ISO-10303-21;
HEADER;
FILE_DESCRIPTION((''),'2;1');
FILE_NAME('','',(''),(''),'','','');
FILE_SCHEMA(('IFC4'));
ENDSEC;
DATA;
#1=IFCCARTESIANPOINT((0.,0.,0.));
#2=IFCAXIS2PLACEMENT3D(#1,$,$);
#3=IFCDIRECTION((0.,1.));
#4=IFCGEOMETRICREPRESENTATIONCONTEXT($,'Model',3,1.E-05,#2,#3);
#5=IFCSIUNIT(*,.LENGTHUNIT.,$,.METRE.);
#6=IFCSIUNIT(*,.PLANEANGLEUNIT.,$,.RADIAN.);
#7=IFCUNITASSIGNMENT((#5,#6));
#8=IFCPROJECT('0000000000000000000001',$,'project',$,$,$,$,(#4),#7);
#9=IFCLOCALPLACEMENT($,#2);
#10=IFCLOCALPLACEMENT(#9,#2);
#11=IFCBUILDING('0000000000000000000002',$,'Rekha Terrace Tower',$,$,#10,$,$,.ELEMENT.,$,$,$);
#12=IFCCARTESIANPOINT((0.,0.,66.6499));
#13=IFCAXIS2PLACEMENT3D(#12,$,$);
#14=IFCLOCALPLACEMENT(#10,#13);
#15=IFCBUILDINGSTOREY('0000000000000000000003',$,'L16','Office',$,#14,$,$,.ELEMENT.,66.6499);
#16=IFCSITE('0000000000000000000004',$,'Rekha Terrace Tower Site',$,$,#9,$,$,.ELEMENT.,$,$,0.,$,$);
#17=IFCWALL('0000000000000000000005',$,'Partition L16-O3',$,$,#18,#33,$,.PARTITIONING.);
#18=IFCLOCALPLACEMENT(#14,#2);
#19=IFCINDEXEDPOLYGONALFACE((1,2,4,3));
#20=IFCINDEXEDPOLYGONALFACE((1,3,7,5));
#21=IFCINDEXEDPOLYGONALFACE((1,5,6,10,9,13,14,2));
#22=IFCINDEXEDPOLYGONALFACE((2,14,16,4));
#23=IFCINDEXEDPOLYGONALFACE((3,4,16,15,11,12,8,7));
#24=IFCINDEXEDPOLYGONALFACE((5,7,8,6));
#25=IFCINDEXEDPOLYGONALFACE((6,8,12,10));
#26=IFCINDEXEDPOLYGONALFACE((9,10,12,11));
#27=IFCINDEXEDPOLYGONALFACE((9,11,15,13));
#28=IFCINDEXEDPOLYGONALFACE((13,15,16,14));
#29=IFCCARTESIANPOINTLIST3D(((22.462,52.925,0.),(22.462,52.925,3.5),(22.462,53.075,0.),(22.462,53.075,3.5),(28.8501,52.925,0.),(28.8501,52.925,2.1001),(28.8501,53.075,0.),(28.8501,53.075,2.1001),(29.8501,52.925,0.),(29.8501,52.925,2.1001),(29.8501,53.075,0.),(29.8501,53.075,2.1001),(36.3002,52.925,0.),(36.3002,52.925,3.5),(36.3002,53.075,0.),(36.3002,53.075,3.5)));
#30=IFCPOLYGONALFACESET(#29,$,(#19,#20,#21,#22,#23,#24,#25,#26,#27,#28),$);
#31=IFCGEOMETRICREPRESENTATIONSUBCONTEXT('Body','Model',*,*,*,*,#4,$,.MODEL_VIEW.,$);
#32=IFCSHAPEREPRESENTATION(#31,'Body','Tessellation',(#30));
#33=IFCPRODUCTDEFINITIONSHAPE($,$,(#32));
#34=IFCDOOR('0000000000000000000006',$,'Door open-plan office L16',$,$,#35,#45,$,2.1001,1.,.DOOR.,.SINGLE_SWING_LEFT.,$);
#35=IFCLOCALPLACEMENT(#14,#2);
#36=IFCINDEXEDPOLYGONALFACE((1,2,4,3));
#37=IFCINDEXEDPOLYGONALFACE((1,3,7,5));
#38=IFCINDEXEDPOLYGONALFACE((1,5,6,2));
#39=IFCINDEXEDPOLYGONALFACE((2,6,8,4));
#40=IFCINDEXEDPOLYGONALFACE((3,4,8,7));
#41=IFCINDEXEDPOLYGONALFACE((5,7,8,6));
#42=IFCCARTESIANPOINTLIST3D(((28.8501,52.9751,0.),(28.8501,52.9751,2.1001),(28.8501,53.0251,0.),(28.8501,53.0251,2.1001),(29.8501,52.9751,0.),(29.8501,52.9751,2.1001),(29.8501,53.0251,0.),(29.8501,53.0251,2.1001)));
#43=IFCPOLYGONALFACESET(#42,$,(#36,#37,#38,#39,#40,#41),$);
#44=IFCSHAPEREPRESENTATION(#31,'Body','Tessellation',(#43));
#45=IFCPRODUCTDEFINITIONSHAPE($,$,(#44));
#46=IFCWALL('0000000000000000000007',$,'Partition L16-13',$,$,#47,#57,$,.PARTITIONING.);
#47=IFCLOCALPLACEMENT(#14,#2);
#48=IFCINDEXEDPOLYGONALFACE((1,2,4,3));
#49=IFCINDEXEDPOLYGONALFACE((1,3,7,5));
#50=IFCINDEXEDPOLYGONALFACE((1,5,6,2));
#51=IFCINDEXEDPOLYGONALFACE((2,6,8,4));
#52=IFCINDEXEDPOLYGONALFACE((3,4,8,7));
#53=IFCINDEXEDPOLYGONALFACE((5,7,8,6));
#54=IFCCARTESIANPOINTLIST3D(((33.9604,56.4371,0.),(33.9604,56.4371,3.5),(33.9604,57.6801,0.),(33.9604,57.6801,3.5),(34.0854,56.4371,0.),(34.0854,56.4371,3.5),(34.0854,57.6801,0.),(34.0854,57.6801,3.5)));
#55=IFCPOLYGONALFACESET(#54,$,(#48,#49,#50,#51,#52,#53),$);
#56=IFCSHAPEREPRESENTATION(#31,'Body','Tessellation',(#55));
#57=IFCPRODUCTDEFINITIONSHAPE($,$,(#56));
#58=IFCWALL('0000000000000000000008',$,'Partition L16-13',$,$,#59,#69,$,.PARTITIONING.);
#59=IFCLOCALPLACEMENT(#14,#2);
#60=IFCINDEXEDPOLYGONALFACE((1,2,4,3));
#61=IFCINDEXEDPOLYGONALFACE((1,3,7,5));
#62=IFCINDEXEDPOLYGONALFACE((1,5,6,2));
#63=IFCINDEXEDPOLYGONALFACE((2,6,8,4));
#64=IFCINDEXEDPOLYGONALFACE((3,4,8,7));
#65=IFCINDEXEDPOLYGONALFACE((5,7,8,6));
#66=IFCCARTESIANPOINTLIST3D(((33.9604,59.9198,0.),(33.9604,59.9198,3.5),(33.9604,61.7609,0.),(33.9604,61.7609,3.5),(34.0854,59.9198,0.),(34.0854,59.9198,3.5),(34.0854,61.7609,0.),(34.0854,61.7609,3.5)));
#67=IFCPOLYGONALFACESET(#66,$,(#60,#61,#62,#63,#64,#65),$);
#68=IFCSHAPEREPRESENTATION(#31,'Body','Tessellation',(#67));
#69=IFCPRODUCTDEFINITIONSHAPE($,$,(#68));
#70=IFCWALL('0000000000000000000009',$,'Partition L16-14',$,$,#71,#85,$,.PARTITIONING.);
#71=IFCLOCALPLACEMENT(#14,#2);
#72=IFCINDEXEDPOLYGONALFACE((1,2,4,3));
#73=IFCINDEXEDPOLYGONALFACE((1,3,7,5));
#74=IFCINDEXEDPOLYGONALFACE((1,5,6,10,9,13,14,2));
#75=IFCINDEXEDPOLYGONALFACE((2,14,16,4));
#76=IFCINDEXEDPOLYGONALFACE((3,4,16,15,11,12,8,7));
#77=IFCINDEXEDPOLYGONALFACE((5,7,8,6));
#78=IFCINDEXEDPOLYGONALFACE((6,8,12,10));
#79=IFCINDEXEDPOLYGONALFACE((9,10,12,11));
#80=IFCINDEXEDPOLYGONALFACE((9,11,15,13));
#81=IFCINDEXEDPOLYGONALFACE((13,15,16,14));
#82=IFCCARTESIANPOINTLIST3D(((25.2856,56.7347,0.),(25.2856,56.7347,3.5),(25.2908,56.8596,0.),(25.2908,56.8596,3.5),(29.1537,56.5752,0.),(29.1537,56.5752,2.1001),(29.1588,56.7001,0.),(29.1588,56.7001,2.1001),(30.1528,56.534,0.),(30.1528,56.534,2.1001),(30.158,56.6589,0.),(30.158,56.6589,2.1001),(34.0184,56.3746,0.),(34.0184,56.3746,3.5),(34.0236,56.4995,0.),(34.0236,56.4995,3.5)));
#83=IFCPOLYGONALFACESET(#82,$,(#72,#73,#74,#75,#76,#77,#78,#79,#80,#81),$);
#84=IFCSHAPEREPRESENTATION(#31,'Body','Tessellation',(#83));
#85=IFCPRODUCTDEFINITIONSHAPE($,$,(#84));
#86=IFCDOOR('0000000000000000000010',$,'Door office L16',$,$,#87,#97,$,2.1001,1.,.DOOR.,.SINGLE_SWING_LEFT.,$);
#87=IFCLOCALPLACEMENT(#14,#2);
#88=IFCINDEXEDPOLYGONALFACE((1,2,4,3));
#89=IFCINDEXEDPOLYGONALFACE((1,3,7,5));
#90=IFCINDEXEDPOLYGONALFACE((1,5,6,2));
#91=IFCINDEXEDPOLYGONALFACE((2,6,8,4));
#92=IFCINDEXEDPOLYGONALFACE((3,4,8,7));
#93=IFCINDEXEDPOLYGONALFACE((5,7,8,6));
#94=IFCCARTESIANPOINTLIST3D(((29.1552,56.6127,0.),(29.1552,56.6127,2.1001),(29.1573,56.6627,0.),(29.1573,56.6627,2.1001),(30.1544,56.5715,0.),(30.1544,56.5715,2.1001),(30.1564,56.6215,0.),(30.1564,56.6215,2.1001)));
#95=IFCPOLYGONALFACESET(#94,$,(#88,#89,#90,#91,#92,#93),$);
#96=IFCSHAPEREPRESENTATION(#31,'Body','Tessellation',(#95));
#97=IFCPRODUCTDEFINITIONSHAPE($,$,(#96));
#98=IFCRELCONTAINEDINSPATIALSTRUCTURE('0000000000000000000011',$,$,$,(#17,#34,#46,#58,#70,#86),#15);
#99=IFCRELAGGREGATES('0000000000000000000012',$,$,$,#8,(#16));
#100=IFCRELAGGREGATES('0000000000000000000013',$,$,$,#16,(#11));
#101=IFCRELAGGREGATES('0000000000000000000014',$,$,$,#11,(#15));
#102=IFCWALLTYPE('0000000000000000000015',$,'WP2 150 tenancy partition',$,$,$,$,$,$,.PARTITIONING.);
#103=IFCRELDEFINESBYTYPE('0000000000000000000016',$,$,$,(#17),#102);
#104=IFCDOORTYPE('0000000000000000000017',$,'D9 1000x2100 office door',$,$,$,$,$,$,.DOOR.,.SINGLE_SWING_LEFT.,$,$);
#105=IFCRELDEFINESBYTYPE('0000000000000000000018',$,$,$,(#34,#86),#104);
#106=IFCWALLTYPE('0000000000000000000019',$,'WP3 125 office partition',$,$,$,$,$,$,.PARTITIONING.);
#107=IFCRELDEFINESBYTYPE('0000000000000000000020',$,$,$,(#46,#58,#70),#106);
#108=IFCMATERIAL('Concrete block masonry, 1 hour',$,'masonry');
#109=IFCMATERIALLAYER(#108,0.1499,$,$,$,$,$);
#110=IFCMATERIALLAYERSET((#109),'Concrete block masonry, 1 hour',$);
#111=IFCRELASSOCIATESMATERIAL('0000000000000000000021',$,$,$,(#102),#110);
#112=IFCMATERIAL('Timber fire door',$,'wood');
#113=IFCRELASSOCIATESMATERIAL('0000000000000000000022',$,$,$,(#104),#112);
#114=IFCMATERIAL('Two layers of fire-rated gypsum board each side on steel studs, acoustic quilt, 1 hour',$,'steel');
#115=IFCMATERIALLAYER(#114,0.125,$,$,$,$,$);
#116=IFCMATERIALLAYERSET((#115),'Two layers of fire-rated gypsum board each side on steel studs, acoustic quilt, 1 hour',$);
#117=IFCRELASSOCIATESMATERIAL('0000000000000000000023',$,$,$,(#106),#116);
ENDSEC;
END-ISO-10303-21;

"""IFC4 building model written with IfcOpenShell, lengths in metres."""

from ifc_helpers import new_model, si_unit, direction, frame, frame_2d, origin, place, context, subcontext, project, spatial, rectangle, extrude, material, layer, layer_set, type_object, element, fill, save


model = new_model("IFC4")

# Units and contexts
model_context = context("Model", 3, precision=1e-05, world=origin(), true_north=direction((0.0, 1.0)))
body_context = subcontext(model_context, "Body", "Model", "MODEL_VIEW")
ifc_project = project(units=[si_unit("LENGTHUNIT", "METRE"), si_unit("PLANEANGLEUNIT", "RADIAN")], contexts=[model_context])

# Site, building, storey
site_placement = place(None, origin())
site = spatial("IfcSite", under=ifc_project, at=site_placement, Name="Rekha Terrace Tower Site", CompositionType="ELEMENT", RefElevation=0.0)
building_placement = place(site_placement, origin())
building = spatial("IfcBuilding", under=site, at=building_placement, Name="Rekha Terrace Tower", CompositionType="ELEMENT")
storey_placement = place(building_placement, frame((0.0, 0.0, 66.6499)))
storey = spatial("IfcBuildingStorey", under=building, at=storey_placement, Name="L16", Description="Office", CompositionType="ELEMENT", Elevation=66.6499)

# Shared definitions
ifc_material_1 = material(Name="Concrete block masonry, 1 hour", Category="masonry")
ifc_layer_1 = layer(ifc_material_1, 0.1499)
ifc_layer_set_1 = layer_set([ifc_layer_1], Name="Concrete block masonry, 1 hour")
wall_type_1 = type_object("IfcWallType", Name="WP2 150 tenancy partition", PredefinedType="PARTITIONING", material=ifc_layer_set_1)

# Wall, opening, door
wall_1_placement = place(storey_placement, frame((36.3, 53.0, 0.0), z_axis=(0.0, 0.0, 1.0), x_axis=(-1.0, 0.0, 0.0)))
wall_1 = element("IfcWall", 1, at=wall_1_placement, inside=storey, type_object=wall_type_1, Name="Partition L16-O3", PredefinedType="PARTITIONING", context=body_context, shape_type="SweptSolid", body=[
    extrude(rectangle(XDim=13.8381, YDim=0.1499, at=frame_2d((6.9189, 0.0))), origin(), (0.0, 0.0, 1.0), 3.5),
])
opening_1_placement = place(wall_1_placement, frame((6.45, 0.0, 0.0)))
opening_1 = element("IfcOpeningElement", 2, at=opening_1_placement, cuts=wall_1, PredefinedType="OPENING", context=body_context, shape_type="SweptSolid", body=[
    extrude(rectangle(XDim=1.0, YDim=2.1001, at=frame_2d((0.5, 1.05))), frame((0.0, 0.085, 0.0), z_axis=(0.0, -1.0, 0.0), x_axis=(1.0, 0.0, 0.0)), (0.0, 0.0, 1.0), 0.1699),
])
ifc_material_2 = material(Name="Timber fire door", Category="wood")
door_type_1 = type_object("IfcDoorType", Name="D9 1000x2100 office door", OperationType="SINGLE_SWING_LEFT", PredefinedType="DOOR", material=ifc_material_2)
door_1_placement = place(opening_1_placement, origin())
door_1 = element("IfcDoor", 3, at=door_1_placement, inside=storey, type_object=door_type_1, Name="Door open-plan office L16", OperationType="SINGLE_SWING_LEFT", OverallHeight=2.1001, OverallWidth=1.0, PredefinedType="DOOR", context=body_context, shape_type="SweptSolid", body=[
    extrude(rectangle(XDim=1.0, YDim=2.1001, at=frame_2d((0.5, 1.05))), frame((0.0, 0.0249, 0.0), z_axis=(0.0, -1.0, 0.0), x_axis=(1.0, 0.0, 0.0)), (0.0, 0.0, 1.0), 0.05),
])
fill(opening_1, door_1)

# Walls
ifc_material_3 = material(Name="Two layers of fire-rated gypsum board each side on steel studs, acoustic quilt, 1 hour", Category="steel")
ifc_layer_2 = layer(ifc_material_3, 0.125)
ifc_layer_set_2 = layer_set([ifc_layer_2], Name="Two layers of fire-rated gypsum board each side on steel studs, acoustic quilt, 1 hour")
wall_type_2 = type_object("IfcWallType", Name="WP3 125 office partition", PredefinedType="PARTITIONING", material=ifc_layer_set_2)
wall_2_placement = place(storey_placement, frame((34.0229, 56.437, 0.0), z_axis=(0.0, 0.0, 1.0), x_axis=(0.0, 1.0, 0.0)))
element("IfcWall", 4, at=wall_2_placement, inside=storey, type_object=wall_type_2, Name="Partition L16-13", PredefinedType="PARTITIONING", context=body_context, shape_type="SweptSolid", body=[
    extrude(rectangle(XDim=1.2429, YDim=0.125, at=frame_2d((0.6216, 0.0))), origin(), (0.0, 0.0, 1.0), 3.5),
])
wall_3_placement = place(storey_placement, frame((34.0229, 59.9199, 0.0), z_axis=(0.0, 0.0, 1.0), x_axis=(0.0, 1.0, 0.0)))
element("IfcWall", 5, at=wall_3_placement, inside=storey, type_object=wall_type_2, Name="Partition L16-13", PredefinedType="PARTITIONING", context=body_context, shape_type="SweptSolid", body=[
    extrude(rectangle(XDim=1.8411, YDim=0.125, at=frame_2d((0.9204, 0.0))), origin(), (0.0, 0.0, 1.0), 3.5),
])

# Wall, opening, door
wall_4_placement = place(storey_placement, frame((34.021, 56.437, 0.0), z_axis=(0.0, 0.0, 1.0), x_axis=(-0.999151, 0.041201, 0.0)))
wall_4 = element("IfcWall", 6, at=wall_4_placement, inside=storey, type_object=wall_type_2, Name="Partition L16-14", PredefinedType="PARTITIONING", context=body_context, shape_type="SweptSolid", body=[
    extrude(rectangle(XDim=8.7402, YDim=0.125, at=frame_2d((4.3701, 0.0))), origin(), (0.0, 0.0, 1.0), 3.5),
])
opening_2_placement = place(wall_4_placement, frame((3.8689, 0.0, 0.0)))
opening_2 = element("IfcOpeningElement", 7, at=opening_2_placement, cuts=wall_4, PredefinedType="OPENING", context=body_context, shape_type="SweptSolid", body=[
    extrude(rectangle(XDim=1.0, YDim=2.1001, at=frame_2d((0.5, 1.05))), frame((0.0, 0.0725, 0.0), z_axis=(0.0, -1.0, 0.0), x_axis=(1.0, 0.0, 0.0)), (0.0, 0.0, 1.0), 0.145),
])
door_2_placement = place(opening_2_placement, origin())
door_2 = element("IfcDoor", 8, at=door_2_placement, inside=storey, type_object=door_type_1, Name="Door office L16", OperationType="SINGLE_SWING_LEFT", OverallHeight=2.1001, OverallWidth=1.0, PredefinedType="DOOR", context=body_context, shape_type="SweptSolid", body=[
    extrude(rectangle(XDim=1.0, YDim=2.1001, at=frame_2d((0.5, 1.05))), frame((0.0, 0.0249, 0.0), z_axis=(0.0, -1.0, 0.0), x_axis=(1.0, 0.0, 0.0)), (0.0, 0.0, 1.0), 0.05),
])
fill(opening_2, door_2)

save(model, "model.ifc")
